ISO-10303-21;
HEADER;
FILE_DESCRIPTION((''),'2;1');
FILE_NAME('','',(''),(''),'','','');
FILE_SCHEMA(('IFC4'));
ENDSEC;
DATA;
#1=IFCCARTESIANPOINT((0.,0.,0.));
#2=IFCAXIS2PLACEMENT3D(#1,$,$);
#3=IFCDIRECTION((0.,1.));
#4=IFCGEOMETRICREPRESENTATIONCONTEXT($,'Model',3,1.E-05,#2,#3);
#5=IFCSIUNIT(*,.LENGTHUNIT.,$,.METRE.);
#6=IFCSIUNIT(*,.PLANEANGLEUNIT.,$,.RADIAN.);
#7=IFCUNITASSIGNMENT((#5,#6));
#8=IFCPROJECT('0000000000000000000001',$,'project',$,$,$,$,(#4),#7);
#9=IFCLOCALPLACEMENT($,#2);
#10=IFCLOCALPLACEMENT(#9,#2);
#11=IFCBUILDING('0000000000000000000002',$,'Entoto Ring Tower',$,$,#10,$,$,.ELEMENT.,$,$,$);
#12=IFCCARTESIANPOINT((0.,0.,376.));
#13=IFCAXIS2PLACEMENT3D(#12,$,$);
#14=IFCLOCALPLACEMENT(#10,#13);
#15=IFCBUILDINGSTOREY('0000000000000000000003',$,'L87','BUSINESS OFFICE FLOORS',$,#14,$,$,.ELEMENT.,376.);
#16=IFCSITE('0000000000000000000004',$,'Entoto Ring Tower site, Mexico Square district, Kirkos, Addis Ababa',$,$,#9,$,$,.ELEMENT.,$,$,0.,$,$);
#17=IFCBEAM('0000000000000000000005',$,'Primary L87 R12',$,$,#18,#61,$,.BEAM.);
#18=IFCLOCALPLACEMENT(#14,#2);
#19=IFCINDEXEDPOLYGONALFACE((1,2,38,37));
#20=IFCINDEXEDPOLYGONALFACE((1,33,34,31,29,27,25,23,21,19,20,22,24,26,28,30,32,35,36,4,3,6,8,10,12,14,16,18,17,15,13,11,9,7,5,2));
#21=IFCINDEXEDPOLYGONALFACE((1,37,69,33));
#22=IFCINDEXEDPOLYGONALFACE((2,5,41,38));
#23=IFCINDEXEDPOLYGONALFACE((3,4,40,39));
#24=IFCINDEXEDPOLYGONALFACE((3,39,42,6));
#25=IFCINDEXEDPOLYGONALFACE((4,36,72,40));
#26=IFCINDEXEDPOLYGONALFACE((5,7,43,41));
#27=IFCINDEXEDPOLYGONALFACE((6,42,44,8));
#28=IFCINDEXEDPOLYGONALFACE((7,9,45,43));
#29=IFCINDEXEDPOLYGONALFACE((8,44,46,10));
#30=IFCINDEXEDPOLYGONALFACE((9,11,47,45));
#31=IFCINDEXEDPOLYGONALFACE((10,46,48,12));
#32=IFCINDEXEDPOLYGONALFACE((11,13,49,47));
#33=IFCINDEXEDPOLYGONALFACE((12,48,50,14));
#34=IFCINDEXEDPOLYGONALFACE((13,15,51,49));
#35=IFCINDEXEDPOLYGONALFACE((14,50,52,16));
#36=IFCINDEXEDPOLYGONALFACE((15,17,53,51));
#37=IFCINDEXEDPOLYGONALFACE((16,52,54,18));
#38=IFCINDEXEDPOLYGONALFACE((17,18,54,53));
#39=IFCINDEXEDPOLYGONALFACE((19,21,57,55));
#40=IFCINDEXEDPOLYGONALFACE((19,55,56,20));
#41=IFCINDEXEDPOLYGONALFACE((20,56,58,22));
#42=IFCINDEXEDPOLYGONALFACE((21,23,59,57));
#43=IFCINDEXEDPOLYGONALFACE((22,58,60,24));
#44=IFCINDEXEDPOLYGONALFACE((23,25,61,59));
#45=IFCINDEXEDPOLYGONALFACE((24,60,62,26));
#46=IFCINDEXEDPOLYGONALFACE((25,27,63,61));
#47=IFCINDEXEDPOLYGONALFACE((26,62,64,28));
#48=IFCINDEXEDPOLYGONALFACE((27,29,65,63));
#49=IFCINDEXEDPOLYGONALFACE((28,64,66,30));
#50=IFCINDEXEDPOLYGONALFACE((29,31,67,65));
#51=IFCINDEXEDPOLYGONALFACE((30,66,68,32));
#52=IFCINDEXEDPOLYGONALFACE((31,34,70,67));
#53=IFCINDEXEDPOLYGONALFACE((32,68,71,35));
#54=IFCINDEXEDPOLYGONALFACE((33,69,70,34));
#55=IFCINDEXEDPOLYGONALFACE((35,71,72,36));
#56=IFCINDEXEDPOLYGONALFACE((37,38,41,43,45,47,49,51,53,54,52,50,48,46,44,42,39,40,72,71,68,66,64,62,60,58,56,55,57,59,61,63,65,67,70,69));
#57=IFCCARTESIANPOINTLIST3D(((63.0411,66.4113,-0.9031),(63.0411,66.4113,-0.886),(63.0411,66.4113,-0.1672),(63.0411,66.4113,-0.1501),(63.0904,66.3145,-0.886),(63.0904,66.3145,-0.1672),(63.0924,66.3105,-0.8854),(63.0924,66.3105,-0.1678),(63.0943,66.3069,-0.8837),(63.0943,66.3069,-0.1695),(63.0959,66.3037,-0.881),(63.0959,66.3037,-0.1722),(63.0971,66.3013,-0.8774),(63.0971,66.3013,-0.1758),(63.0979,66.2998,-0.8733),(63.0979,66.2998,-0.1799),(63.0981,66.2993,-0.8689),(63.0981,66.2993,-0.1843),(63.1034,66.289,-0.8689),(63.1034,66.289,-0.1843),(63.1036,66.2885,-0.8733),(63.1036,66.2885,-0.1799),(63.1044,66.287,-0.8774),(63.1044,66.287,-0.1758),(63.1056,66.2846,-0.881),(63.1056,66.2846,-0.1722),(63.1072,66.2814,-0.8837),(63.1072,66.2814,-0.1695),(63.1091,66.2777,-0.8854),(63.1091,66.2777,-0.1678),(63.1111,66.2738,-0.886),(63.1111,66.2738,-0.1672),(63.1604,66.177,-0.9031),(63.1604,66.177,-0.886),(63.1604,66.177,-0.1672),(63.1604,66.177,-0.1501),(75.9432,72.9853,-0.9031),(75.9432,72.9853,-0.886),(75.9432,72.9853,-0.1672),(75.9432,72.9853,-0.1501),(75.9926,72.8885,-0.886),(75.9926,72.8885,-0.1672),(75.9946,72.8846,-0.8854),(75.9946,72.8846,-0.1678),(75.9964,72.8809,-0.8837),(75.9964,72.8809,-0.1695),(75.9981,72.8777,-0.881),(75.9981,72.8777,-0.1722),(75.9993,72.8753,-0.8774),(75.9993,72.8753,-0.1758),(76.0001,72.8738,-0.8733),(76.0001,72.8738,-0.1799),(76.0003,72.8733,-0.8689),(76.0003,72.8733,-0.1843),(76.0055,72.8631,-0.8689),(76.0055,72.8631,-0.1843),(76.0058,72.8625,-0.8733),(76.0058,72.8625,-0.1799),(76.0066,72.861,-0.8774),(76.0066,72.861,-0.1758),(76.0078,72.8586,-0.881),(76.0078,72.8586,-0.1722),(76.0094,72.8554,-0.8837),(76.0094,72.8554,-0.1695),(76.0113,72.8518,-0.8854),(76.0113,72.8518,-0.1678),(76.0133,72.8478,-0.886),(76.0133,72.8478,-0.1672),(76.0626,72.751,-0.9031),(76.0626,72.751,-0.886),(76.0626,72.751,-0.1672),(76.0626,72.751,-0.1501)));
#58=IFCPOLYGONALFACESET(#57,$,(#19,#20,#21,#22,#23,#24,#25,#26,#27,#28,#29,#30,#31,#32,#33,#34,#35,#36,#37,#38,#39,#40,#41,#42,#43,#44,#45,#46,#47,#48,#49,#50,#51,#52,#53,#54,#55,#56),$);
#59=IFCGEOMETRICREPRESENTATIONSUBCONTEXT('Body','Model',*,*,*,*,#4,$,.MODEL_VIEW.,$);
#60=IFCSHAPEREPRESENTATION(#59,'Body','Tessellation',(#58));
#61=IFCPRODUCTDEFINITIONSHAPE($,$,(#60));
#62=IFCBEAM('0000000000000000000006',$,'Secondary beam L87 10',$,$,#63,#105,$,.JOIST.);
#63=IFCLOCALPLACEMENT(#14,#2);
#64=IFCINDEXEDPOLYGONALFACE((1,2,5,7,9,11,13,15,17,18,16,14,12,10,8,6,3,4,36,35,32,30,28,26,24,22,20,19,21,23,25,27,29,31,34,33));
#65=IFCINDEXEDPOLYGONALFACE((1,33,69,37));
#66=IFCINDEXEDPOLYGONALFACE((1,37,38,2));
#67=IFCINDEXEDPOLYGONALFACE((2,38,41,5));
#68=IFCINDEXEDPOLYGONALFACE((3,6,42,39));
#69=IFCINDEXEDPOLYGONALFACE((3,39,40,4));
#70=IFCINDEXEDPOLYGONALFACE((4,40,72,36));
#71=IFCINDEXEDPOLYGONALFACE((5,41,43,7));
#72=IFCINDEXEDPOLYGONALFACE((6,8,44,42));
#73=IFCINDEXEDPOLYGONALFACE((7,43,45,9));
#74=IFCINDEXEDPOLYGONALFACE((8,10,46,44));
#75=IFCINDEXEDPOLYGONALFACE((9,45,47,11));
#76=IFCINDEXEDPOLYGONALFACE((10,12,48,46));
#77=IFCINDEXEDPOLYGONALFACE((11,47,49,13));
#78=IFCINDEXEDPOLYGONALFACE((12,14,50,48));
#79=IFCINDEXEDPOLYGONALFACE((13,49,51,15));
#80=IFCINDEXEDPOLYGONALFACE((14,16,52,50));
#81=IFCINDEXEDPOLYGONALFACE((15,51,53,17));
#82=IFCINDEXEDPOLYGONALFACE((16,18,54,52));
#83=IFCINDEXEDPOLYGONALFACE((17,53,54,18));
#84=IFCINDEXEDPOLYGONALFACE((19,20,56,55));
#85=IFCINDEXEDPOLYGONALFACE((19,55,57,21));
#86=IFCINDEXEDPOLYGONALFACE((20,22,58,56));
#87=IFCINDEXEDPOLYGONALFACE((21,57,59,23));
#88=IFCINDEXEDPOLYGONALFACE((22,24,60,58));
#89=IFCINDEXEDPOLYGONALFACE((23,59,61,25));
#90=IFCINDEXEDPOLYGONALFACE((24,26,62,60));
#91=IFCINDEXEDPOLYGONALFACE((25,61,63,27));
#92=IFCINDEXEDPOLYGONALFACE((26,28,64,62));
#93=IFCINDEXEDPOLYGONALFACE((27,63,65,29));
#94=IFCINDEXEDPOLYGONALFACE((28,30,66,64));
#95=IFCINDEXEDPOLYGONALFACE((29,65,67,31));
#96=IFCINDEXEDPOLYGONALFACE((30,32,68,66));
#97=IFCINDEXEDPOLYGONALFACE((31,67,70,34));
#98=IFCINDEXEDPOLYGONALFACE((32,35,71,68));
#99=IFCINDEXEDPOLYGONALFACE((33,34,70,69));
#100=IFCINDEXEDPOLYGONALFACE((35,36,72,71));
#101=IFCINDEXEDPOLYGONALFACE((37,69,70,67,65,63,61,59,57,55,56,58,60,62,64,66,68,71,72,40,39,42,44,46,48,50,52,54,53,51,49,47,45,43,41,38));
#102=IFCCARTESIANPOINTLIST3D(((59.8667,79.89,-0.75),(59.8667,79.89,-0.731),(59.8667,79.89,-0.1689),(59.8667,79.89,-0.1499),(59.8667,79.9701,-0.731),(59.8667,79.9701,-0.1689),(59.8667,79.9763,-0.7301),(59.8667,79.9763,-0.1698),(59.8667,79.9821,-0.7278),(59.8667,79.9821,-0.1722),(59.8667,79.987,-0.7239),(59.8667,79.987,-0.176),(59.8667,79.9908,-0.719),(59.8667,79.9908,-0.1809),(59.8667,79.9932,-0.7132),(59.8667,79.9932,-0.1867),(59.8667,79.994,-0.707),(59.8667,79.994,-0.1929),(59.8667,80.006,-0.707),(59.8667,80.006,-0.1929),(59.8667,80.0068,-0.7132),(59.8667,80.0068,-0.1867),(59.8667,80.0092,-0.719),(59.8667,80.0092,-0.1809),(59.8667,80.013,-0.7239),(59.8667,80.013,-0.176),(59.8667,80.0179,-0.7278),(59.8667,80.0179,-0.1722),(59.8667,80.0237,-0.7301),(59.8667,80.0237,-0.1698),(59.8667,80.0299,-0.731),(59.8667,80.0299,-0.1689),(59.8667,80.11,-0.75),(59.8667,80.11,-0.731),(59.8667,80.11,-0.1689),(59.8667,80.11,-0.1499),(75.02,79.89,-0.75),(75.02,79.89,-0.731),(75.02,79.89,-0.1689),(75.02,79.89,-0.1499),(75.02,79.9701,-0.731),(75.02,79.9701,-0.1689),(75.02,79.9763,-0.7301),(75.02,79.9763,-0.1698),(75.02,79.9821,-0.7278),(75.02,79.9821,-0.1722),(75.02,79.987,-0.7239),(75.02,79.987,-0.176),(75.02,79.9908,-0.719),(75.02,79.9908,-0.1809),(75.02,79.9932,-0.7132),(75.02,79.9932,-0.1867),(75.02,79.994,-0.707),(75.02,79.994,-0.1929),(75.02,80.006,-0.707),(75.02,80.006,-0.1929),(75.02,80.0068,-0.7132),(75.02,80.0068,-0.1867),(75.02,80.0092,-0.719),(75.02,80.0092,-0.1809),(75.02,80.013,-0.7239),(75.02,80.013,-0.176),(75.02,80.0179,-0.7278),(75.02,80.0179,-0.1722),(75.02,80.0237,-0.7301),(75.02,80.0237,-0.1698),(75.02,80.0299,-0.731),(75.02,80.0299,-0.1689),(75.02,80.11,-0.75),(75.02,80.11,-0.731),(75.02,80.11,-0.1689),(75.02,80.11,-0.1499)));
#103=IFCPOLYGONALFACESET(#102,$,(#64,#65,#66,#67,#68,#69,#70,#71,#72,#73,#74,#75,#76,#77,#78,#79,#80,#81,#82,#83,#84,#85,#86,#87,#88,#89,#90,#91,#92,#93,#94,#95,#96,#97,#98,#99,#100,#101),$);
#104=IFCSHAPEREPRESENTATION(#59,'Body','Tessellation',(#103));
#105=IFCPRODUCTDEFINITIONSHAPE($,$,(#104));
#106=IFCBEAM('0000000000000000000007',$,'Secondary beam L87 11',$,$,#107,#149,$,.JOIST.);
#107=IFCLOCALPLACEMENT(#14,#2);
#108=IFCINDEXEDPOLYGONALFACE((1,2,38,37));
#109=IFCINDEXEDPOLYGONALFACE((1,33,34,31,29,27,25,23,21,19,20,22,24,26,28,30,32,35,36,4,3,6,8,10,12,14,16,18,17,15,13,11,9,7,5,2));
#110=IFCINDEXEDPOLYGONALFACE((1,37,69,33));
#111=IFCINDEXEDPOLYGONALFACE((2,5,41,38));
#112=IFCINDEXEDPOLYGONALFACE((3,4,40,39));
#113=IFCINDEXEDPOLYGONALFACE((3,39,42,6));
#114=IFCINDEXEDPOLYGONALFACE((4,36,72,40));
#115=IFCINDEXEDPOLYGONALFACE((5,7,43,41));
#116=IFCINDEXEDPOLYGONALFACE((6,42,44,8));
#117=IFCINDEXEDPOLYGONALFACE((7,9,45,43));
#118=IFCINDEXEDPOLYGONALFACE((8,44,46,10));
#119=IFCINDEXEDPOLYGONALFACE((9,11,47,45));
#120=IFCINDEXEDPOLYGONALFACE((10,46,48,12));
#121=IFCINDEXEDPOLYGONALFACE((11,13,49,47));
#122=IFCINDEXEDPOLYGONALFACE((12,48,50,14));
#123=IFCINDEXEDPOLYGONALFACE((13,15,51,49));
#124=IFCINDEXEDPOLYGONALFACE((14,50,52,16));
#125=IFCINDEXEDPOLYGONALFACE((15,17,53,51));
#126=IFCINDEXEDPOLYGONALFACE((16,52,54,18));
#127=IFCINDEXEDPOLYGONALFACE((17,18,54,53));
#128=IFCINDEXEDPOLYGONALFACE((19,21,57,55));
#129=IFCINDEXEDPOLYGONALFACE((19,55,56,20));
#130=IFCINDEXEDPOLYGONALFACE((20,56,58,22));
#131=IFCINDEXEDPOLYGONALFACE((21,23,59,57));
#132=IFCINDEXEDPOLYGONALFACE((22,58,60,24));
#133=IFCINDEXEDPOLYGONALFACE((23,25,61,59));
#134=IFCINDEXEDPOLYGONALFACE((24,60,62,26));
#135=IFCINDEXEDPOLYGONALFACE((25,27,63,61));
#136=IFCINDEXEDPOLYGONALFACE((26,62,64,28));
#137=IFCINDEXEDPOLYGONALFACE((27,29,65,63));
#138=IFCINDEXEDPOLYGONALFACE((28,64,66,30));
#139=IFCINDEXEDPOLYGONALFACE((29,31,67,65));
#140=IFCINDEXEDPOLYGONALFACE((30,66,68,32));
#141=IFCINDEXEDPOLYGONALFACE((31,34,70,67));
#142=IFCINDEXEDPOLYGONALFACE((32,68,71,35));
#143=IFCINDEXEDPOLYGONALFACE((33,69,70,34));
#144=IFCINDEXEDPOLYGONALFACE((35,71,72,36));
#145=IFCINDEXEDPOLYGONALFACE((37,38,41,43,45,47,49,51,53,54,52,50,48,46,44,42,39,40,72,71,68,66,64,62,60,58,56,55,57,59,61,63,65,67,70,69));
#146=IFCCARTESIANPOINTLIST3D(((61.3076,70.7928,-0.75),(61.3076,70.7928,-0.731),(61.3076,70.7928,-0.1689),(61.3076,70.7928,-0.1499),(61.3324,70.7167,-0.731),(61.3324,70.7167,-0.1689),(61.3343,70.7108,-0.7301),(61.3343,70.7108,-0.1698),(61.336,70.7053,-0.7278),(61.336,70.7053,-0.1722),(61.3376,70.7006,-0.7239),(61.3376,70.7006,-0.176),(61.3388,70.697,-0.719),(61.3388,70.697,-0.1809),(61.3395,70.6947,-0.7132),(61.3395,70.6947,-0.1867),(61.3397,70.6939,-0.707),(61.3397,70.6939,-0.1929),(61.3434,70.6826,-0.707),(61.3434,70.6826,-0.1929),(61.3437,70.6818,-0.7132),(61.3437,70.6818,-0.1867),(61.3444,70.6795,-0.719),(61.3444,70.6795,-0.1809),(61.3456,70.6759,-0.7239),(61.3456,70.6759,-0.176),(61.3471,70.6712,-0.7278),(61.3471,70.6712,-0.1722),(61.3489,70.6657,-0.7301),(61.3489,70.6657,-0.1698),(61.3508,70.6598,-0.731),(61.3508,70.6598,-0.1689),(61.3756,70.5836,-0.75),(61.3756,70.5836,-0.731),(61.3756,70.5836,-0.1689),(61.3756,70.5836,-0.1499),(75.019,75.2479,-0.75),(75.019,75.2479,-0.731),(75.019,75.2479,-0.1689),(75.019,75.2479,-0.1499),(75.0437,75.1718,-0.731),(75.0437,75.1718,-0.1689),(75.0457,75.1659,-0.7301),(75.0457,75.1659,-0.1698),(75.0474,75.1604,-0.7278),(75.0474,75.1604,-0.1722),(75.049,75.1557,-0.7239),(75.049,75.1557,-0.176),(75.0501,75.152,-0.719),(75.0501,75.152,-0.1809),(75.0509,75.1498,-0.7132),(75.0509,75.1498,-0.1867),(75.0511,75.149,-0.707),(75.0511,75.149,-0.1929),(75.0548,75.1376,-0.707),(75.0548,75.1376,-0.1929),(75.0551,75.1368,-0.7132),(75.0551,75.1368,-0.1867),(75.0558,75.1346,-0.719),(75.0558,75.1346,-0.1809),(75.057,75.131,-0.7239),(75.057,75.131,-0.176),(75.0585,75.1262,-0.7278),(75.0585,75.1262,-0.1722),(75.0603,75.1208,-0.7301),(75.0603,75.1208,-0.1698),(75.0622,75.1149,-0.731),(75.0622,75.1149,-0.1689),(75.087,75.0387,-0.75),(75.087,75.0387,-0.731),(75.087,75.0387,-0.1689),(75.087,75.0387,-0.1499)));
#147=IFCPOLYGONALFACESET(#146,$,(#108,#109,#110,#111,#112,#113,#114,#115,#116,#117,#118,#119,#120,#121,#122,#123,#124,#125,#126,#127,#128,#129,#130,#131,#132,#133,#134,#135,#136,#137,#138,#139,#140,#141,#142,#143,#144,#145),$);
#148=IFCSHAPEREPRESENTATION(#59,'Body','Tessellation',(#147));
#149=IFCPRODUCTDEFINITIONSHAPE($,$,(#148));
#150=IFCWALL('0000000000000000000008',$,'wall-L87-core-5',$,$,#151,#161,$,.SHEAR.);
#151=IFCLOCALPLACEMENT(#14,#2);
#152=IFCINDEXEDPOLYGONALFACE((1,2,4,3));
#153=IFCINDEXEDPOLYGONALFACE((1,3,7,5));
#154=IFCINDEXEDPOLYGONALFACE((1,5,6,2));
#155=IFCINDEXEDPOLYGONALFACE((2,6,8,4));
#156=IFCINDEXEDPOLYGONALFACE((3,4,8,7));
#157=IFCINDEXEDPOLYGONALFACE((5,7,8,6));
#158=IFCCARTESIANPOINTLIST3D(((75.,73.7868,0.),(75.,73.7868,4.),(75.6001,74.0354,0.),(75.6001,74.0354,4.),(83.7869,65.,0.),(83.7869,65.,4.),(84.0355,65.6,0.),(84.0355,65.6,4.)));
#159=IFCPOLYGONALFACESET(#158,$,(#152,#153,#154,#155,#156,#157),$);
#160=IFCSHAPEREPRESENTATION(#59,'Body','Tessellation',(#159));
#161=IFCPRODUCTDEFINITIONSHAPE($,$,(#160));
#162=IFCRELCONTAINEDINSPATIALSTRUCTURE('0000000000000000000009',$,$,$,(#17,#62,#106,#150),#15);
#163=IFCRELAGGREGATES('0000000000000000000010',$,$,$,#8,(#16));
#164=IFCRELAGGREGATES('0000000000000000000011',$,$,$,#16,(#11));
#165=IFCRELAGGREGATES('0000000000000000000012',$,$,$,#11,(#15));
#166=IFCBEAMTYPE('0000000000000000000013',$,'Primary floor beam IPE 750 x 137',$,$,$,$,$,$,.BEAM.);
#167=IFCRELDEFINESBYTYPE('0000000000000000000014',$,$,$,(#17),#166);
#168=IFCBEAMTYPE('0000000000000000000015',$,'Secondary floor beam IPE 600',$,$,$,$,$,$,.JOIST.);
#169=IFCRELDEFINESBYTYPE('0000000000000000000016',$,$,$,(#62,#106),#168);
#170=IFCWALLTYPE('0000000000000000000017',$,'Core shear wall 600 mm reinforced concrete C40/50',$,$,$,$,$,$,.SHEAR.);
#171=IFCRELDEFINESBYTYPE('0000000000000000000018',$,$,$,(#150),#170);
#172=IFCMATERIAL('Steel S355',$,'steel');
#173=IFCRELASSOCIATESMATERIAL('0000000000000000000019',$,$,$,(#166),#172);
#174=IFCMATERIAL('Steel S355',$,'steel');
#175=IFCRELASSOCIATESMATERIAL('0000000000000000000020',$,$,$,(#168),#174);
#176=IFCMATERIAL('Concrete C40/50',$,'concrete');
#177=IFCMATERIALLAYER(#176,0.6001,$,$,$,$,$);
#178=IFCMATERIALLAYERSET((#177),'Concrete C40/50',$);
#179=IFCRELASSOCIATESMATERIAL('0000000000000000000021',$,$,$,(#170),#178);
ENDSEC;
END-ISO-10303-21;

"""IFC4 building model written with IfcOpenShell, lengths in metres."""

from ifc_helpers import new_model, si_unit, direction, frame, origin, origin_2d, place, context, subcontext, project, spatial, polyline, i_section, outline, extrude, material, layer, layer_set, material_profile, profile_set, type_object, element, save


model = new_model("IFC4")

# Units and contexts
model_context = context("Model", 3, precision=1e-05, world=origin(), true_north=direction((0.0, 1.0)))
body_context = subcontext(model_context, "Body", "Model", "MODEL_VIEW")
ifc_project = project(units=[si_unit("LENGTHUNIT", "METRE"), si_unit("PLANEANGLEUNIT", "RADIAN")], contexts=[model_context])

# Site, building, storey
site_placement = place(None, origin())
site = spatial("IfcSite", under=ifc_project, at=site_placement, Name="Entoto Ring Tower site, Mexico Square district, Kirkos, Addis Ababa", CompositionType="ELEMENT", RefElevation=0.0)
building_placement = place(site_placement, origin())
building = spatial("IfcBuilding", under=site, at=building_placement, Name="Entoto Ring Tower", CompositionType="ELEMENT")
storey_placement = place(building_placement, frame((0.0, 0.0, 376.0)))
storey = spatial("IfcBuildingStorey", under=building, at=storey_placement, Name="L87", Description="BUSINESS OFFICE FLOORS", CompositionType="ELEMENT", Elevation=376.0)

# Beams
ifc_material_1 = material(Name="Steel S355", Category="steel")
ifc_material_profile_1 = material_profile(ifc_material_1, i_section(OverallWidth=0.2629, OverallDepth=0.7529, WebThickness=0.0115, FlangeThickness=0.0171, FilletRadius=0.0171, at=origin_2d()), Name="IPE 750 x 137")
ifc_profile_set_1 = profile_set([ifc_material_profile_1], Name="Steel S355")
beam_type_1 = type_object("IfcBeamType", Name="Primary floor beam IPE 750 x 137", PredefinedType="BEAM", material=ifc_profile_set_1)
beam_1_placement = place(storey_placement, frame((76.0029, 72.8682, -0.5266), z_axis=(-0.891006, -0.453992, 0.0), x_axis=(0.453992, -0.891006, 0.0)))
element("IfcBeam", 1, at=beam_1_placement, inside=storey, type_object=beam_type_1, Name="Primary L87 R12", PredefinedType="BEAM", context=body_context, shape_type="SweptSolid", body=[
    extrude(i_section(OverallWidth=0.2629, OverallDepth=0.7529, WebThickness=0.0115, FlangeThickness=0.0171, FilletRadius=0.0171, at=origin_2d()), origin(), (0.0, 0.0, 1.0), 14.4805),
])
ifc_material_2 = material(Name="Steel S355", Category="steel")
ifc_material_profile_2 = material_profile(ifc_material_2, i_section(OverallWidth=0.22, OverallDepth=0.6001, WebThickness=0.012, FlangeThickness=0.019, FilletRadius=0.0239, at=origin_2d()), Name="IPE 600")
ifc_profile_set_2 = profile_set([ifc_material_profile_2], Name="Steel S355")
beam_type_2 = type_object("IfcBeamType", Name="Secondary floor beam IPE 600", PredefinedType="JOIST", material=ifc_profile_set_2)
beam_2_placement = place(storey_placement, frame((75.02, 80.0, -0.45), z_axis=(-1.0, 0.0, 0.0), x_axis=(0.0, -1.0, 0.0)))
element("IfcBeam", 2, at=beam_2_placement, inside=storey, type_object=beam_type_2, Name="Secondary beam L87 10", PredefinedType="JOIST", context=body_context, shape_type="SweptSolid", body=[
    extrude(i_section(OverallWidth=0.22, OverallDepth=0.6001, WebThickness=0.012, FlangeThickness=0.019, FilletRadius=0.0239, at=origin_2d()), origin(), (0.0, 0.0, 1.0), 15.1533),
])
beam_3_placement = place(storey_placement, frame((75.053, 75.1433, -0.45), z_axis=(-0.951057, -0.309015, 0.0), x_axis=(0.309015, -0.951057, 0.0)))
element("IfcBeam", 3, at=beam_3_placement, inside=storey, type_object=beam_type_2, Name="Secondary beam L87 11", PredefinedType="JOIST", context=body_context, shape_type="SweptSolid", body=[
    extrude(i_section(OverallWidth=0.22, OverallDepth=0.6001, WebThickness=0.012, FlangeThickness=0.019, FilletRadius=0.0239, at=origin_2d()), origin(), (0.0, 0.0, 1.0), 14.417),
])

# Wall
ifc_material_3 = material(Name="Concrete C40/50", Category="concrete")
ifc_layer_1 = layer(ifc_material_3, 0.6001)
ifc_layer_set_1 = layer_set([ifc_layer_1], Name="Concrete C40/50")
wall_type_1 = type_object("IfcWallType", Name="Core shear wall 600 mm reinforced concrete C40/50", PredefinedType="SHEAR", material=ifc_layer_set_1)
wall_1_placement = place(storey_placement, frame((75.3, 73.9111, 0.0), z_axis=(0.0, 0.0, 1.0), x_axis=(0.707107, -0.707107, 0.0)))
element("IfcWall", 4, at=wall_1_placement, inside=storey, type_object=wall_type_1, Name="wall-L87-core-5", PredefinedType="SHEAR", context=body_context, shape_type="SweptSolid", body=[
    extrude(outline(polyline([(-0.1243, -0.3), (12.3022, -0.3), (12.0537, 0.3), (0.1243, 0.3), (-0.1243, -0.3)])), origin(), (0.0, 0.0, 1.0), 4.0),
])

save(model, "model.ifc")
